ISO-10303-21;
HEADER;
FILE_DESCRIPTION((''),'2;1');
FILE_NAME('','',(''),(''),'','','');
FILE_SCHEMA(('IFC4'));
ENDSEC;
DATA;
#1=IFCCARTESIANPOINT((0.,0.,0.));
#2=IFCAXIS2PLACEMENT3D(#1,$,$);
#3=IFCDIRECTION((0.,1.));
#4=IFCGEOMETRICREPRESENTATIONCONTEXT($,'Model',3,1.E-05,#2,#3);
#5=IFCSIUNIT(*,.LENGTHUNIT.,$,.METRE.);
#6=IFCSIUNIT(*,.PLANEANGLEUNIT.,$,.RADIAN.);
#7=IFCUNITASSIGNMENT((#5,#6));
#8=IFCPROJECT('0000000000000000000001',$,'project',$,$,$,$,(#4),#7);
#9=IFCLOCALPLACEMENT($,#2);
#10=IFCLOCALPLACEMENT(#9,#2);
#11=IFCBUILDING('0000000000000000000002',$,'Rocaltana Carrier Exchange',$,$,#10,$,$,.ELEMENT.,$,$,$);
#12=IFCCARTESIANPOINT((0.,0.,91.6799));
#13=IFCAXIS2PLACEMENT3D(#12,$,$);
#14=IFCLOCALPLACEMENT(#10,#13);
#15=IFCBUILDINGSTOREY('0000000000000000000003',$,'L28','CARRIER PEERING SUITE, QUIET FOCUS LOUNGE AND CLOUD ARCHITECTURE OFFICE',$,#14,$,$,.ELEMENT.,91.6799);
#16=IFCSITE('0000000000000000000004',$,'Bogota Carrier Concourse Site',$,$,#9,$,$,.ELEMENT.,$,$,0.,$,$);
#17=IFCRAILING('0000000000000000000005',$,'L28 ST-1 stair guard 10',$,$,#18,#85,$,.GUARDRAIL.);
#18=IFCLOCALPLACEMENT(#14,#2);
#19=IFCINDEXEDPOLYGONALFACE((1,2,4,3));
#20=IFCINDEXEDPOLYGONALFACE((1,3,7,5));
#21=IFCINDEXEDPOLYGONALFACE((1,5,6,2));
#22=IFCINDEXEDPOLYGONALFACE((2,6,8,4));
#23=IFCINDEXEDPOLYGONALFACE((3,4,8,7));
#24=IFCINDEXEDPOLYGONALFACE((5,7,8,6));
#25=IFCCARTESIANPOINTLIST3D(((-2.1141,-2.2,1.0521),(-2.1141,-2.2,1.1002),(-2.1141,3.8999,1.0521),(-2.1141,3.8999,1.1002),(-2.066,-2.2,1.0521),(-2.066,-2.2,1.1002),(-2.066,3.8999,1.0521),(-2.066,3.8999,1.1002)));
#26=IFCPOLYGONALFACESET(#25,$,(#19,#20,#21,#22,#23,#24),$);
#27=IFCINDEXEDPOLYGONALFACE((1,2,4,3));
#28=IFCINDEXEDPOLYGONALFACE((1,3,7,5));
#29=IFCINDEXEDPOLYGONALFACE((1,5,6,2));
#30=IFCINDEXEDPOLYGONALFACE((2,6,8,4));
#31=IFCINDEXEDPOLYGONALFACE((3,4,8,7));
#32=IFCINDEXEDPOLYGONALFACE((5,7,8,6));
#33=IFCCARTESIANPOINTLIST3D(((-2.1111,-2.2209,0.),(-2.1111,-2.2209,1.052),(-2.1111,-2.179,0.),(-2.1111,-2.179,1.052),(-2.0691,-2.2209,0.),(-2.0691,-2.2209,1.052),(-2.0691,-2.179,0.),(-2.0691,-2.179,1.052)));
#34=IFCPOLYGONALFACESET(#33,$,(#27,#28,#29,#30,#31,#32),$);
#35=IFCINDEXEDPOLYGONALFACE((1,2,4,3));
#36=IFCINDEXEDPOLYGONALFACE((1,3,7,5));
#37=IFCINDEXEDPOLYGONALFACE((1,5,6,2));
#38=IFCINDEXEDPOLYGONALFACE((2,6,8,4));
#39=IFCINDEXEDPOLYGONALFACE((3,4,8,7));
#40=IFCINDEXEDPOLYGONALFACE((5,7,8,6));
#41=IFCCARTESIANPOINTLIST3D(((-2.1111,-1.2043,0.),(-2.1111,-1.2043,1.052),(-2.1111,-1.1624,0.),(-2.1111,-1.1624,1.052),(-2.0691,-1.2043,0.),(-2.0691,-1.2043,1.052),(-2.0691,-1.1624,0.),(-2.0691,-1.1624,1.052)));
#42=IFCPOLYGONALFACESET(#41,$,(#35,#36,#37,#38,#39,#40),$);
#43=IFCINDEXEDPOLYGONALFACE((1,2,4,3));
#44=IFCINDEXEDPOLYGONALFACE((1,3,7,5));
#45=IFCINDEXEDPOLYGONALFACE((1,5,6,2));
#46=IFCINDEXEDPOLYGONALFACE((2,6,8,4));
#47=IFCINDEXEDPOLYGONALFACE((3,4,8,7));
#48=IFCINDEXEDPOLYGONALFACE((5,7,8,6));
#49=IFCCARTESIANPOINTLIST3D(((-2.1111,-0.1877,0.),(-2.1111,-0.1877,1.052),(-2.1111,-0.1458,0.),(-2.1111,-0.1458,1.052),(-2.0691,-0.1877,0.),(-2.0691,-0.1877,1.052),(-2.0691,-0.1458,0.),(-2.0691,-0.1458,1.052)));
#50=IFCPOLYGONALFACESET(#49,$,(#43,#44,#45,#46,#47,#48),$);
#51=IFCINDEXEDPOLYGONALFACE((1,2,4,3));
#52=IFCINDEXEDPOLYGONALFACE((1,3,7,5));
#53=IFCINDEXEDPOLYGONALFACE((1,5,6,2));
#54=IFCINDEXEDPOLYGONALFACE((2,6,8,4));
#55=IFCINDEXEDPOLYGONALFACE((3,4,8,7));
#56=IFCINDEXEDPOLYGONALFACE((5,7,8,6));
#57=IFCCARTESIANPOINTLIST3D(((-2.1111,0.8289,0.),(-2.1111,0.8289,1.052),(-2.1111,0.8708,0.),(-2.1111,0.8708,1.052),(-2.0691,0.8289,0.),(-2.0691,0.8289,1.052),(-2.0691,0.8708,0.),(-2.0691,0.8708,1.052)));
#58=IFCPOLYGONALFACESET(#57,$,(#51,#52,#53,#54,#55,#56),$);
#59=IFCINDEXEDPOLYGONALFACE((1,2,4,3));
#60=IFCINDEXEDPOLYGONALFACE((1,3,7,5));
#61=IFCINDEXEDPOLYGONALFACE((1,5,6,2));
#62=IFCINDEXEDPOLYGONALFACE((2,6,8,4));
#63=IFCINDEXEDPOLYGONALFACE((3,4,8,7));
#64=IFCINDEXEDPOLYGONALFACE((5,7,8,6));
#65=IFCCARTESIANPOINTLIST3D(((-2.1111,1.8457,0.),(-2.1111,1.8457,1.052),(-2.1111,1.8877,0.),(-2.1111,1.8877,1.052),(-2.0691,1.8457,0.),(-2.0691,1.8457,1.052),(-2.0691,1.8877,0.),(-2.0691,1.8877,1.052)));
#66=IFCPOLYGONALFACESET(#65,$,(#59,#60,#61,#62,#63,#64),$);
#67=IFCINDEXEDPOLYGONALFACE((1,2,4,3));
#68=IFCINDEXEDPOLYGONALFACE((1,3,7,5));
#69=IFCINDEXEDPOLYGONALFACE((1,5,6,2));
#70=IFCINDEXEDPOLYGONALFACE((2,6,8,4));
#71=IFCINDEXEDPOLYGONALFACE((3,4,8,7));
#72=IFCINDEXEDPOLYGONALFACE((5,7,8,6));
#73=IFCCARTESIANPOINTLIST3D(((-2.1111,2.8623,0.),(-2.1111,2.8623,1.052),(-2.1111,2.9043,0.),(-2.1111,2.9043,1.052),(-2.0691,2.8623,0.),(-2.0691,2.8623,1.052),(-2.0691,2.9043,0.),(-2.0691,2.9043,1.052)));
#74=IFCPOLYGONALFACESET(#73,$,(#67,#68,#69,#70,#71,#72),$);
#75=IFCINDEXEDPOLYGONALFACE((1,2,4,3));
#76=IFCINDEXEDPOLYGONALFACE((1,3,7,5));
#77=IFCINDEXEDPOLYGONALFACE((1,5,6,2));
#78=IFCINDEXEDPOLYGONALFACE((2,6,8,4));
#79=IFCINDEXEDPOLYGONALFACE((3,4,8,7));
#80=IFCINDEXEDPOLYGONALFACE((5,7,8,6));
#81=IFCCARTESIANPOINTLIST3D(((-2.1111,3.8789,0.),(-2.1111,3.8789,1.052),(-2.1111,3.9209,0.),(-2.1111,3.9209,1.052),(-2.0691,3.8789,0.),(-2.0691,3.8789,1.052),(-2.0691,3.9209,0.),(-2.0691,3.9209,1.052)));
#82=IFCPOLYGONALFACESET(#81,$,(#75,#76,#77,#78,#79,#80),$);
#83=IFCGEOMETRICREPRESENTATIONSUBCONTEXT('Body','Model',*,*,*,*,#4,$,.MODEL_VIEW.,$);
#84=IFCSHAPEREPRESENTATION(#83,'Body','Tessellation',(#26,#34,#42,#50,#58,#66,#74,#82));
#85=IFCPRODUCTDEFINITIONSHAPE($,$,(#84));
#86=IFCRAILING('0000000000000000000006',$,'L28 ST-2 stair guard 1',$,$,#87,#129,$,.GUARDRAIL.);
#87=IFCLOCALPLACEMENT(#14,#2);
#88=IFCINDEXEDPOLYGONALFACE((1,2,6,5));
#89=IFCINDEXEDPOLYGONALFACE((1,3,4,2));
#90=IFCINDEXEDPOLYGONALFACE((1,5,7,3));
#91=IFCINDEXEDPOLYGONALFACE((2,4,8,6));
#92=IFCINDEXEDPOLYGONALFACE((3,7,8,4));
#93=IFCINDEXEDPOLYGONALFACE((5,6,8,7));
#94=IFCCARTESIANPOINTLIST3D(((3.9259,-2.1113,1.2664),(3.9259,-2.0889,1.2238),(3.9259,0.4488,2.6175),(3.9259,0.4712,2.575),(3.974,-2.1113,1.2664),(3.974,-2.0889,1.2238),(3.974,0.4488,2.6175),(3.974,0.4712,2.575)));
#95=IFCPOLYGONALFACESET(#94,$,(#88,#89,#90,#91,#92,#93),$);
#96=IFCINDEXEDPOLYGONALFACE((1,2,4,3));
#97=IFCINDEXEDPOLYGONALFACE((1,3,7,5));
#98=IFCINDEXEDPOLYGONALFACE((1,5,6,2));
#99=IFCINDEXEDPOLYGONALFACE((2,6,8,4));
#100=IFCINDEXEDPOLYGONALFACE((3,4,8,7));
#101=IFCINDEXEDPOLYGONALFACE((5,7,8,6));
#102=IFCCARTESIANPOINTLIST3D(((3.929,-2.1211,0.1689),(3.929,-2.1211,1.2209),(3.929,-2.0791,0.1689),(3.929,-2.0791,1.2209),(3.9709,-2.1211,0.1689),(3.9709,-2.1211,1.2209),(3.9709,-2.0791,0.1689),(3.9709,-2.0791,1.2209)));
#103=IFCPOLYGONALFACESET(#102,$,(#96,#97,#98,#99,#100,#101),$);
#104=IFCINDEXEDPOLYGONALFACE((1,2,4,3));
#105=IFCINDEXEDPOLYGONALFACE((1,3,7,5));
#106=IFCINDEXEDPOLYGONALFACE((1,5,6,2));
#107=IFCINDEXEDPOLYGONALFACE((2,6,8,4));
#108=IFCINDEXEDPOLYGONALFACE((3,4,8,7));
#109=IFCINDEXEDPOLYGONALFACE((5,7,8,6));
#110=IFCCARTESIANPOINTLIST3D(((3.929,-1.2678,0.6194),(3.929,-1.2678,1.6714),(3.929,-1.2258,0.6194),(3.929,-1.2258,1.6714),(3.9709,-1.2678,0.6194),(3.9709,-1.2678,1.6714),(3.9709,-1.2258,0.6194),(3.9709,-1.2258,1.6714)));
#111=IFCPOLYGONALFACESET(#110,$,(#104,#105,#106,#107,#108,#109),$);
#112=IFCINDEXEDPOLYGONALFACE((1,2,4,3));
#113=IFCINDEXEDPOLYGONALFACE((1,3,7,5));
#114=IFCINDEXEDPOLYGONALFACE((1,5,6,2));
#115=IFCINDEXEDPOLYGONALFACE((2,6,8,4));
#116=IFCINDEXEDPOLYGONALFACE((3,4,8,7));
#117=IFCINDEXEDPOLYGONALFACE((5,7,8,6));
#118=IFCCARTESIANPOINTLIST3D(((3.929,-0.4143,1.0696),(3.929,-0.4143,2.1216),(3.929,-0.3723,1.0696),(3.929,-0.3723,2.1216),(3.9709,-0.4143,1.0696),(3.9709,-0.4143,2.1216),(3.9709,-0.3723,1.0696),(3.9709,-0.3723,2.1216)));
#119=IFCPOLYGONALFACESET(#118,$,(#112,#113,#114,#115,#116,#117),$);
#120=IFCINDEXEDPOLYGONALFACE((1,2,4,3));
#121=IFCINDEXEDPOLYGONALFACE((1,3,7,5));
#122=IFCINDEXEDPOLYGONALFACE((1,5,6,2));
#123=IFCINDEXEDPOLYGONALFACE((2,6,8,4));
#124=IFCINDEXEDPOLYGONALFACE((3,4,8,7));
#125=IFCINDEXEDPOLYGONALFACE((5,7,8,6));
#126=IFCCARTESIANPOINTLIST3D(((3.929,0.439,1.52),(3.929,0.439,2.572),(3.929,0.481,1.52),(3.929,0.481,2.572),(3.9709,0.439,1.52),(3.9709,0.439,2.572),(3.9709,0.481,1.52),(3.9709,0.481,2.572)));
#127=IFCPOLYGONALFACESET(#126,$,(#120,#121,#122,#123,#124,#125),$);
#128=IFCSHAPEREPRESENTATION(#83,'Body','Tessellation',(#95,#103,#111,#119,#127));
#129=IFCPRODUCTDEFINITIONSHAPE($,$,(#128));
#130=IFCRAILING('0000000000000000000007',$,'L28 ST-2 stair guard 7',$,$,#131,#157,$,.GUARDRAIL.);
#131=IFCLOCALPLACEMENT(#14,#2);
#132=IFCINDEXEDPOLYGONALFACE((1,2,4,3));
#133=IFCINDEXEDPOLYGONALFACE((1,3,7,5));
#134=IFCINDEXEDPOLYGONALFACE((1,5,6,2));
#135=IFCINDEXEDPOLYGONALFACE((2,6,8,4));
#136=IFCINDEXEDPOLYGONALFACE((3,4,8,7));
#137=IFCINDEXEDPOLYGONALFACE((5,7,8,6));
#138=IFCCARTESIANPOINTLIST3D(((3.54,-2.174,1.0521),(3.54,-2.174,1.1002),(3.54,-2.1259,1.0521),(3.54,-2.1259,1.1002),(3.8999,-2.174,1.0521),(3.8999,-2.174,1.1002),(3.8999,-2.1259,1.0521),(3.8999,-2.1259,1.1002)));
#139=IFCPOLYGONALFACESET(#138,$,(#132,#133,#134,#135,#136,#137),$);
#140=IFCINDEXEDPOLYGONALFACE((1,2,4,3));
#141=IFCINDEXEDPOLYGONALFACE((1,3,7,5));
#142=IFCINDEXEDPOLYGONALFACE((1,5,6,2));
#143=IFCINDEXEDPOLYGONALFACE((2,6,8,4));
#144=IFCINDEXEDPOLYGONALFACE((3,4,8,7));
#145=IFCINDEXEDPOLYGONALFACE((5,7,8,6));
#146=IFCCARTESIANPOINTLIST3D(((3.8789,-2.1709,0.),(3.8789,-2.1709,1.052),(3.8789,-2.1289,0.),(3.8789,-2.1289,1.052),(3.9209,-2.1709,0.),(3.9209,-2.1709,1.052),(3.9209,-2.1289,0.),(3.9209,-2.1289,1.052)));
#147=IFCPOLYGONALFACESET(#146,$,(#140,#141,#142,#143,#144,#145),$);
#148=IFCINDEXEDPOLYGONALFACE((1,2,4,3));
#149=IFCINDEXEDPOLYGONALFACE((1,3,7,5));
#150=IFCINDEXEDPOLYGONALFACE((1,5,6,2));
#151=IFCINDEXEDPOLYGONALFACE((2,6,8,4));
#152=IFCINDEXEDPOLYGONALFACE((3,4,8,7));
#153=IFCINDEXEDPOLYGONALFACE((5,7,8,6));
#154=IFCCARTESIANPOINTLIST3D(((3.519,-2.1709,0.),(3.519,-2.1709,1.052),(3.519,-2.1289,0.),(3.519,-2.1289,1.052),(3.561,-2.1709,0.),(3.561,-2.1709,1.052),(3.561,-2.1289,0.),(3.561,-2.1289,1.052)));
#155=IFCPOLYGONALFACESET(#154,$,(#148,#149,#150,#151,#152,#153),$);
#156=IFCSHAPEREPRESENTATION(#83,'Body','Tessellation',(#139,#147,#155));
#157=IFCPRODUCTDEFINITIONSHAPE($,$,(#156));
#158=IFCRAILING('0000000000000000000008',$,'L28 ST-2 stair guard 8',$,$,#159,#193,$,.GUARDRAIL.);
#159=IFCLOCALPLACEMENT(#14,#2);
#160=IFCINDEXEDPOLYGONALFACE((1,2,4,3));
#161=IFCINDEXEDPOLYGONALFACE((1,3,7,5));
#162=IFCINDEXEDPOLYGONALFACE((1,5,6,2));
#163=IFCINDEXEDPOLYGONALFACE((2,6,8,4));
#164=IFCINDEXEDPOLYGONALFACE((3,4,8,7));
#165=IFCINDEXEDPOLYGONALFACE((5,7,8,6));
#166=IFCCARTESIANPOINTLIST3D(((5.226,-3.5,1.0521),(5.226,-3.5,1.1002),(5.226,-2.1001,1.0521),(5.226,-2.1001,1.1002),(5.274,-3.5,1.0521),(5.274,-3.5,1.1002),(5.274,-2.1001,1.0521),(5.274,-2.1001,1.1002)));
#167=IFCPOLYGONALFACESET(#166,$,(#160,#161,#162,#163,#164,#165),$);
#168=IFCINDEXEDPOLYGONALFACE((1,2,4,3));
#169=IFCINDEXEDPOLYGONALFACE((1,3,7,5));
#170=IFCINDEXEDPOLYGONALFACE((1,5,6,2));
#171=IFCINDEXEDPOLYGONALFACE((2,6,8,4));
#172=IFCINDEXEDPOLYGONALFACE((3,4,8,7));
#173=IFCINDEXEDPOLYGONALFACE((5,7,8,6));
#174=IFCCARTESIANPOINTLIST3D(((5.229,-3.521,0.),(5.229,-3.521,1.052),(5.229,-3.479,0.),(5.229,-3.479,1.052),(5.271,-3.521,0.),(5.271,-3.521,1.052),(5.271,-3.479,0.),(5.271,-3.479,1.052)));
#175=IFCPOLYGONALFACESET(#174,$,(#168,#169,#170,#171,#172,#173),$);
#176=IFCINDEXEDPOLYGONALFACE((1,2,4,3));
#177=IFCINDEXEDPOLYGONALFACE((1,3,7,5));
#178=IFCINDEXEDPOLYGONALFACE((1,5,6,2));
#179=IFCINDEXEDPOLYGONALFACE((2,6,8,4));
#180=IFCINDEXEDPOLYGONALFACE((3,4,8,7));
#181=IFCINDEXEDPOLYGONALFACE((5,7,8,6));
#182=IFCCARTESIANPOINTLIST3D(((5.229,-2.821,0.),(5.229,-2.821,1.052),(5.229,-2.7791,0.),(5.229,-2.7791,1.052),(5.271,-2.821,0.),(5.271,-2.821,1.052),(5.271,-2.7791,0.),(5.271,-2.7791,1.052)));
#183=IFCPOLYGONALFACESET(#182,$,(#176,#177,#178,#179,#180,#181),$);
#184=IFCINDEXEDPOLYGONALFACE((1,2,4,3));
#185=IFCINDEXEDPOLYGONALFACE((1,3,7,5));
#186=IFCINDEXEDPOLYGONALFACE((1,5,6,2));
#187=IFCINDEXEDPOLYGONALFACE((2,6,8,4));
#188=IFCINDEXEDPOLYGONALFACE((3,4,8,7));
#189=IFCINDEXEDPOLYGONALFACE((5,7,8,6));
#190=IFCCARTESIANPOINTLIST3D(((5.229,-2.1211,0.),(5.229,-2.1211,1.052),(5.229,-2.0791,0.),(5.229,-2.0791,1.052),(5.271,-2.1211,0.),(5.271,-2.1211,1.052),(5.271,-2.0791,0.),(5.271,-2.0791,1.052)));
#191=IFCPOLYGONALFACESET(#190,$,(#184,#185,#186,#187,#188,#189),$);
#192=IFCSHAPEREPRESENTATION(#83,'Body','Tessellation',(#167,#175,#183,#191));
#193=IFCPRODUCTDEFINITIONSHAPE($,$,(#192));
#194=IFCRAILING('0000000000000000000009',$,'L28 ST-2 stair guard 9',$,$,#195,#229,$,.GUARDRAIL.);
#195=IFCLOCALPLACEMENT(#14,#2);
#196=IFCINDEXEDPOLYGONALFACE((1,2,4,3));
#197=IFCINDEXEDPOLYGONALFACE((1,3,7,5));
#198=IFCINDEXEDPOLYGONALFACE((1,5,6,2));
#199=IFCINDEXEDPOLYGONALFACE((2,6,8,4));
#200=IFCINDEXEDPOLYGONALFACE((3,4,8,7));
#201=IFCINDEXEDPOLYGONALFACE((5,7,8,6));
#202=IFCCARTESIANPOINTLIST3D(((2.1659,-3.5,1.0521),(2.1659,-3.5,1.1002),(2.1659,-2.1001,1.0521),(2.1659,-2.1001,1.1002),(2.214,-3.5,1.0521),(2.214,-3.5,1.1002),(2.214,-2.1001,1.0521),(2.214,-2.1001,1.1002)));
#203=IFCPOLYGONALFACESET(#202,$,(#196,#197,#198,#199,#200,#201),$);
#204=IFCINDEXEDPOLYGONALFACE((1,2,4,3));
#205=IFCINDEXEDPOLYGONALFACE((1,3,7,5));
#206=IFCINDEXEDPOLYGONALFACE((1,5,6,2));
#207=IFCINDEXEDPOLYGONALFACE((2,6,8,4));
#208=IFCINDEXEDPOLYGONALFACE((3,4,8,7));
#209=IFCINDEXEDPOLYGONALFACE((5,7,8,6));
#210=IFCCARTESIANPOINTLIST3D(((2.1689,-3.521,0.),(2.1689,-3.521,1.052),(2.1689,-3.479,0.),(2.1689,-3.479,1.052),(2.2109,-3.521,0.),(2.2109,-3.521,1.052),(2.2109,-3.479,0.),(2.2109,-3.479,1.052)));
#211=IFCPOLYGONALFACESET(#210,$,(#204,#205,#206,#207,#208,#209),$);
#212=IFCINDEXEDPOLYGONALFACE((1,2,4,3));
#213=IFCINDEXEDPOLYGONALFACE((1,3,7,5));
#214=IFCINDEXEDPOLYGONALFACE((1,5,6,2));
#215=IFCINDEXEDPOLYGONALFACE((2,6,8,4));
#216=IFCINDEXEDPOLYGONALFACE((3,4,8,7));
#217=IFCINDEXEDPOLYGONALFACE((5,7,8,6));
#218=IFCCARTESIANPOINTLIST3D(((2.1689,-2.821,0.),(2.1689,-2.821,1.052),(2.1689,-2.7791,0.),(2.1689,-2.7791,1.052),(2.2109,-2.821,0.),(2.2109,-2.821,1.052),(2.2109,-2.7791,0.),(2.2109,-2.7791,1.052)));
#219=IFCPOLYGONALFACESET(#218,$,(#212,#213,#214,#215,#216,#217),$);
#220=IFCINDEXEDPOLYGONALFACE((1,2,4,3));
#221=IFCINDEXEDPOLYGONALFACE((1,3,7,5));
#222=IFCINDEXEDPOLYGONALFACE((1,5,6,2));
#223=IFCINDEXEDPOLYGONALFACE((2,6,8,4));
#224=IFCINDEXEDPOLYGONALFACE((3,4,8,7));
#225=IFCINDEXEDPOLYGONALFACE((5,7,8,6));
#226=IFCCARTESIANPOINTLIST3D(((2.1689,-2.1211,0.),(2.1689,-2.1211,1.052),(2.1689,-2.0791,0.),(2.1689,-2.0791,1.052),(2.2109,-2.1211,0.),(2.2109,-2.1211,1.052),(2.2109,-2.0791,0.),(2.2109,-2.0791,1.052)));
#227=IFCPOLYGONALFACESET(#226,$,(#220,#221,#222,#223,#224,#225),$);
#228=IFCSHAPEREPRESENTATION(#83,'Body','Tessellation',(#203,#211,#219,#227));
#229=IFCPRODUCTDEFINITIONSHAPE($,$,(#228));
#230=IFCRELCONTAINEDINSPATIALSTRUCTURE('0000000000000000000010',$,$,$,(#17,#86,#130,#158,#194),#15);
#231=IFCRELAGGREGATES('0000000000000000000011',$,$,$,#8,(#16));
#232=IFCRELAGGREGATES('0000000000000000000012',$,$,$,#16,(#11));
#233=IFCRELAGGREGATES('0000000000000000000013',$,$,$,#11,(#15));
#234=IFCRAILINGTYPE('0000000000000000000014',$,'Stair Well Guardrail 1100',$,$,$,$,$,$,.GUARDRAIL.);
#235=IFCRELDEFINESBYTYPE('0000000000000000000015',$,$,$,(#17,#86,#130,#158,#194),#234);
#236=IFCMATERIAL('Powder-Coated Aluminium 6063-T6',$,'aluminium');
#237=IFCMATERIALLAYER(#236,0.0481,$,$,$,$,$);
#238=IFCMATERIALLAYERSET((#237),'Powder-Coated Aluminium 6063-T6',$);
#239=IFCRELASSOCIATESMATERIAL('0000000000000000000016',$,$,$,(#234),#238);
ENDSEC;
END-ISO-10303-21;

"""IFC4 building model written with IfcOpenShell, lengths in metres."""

from ifc_helpers import new_model, si_unit, direction, frame, origin, origin_2d, place, context, subcontext, project, spatial, rectangle, extrude, material, layer, layer_set, type_object, element, save


model = new_model("IFC4")

# Units and contexts
model_context = context("Model", 3, precision=1e-05, world=origin(), true_north=direction((0.0, 1.0)))
body_context = subcontext(model_context, "Body", "Model", "MODEL_VIEW")
ifc_project = project(units=[si_unit("LENGTHUNIT", "METRE"), si_unit("PLANEANGLEUNIT", "RADIAN")], contexts=[model_context])

# Site, building, storey
site_placement = place(None, origin())
site = spatial("IfcSite", under=ifc_project, at=site_placement, Name="Bogota Carrier Concourse Site", CompositionType="ELEMENT", RefElevation=0.0)
building_placement = place(site_placement, origin())
building = spatial("IfcBuilding", under=site, at=building_placement, Name="Rocaltana Carrier Exchange", CompositionType="ELEMENT")
storey_placement = place(building_placement, frame((0.0, 0.0, 91.6799)))
storey = spatial("IfcBuildingStorey", under=building, at=storey_placement, Name="L28", Description="CARRIER PEERING SUITE, QUIET FOCUS LOUNGE AND CLOUD ARCHITECTURE OFFICE", CompositionType="ELEMENT", Elevation=91.6799)

# Railings
ifc_material_1 = material(Name="Powder-Coated Aluminium 6063-T6", Category="aluminium")
ifc_layer_1 = layer(ifc_material_1, 0.0481)
ifc_layer_set_1 = layer_set([ifc_layer_1], Name="Powder-Coated Aluminium 6063-T6")
railing_type_1 = type_object("IfcRailingType", Name="Stair Well Guardrail 1100", PredefinedType="GUARDRAIL", material=ifc_layer_set_1)
railing_1_placement = place(storey_placement, frame((-2.0901, -2.2, 0.0)))
element("IfcRailing", 1, at=railing_1_placement, inside=storey, type_object=railing_type_1, Name="L28 ST-1 stair guard 10", PredefinedType="GUARDRAIL", context=body_context, shape_type="SweptSolid", body=[
    extrude(rectangle(XDim=0.0481, YDim=0.0481, at=origin_2d()), frame((0.0, 0.0, 1.0762), z_axis=(0.0, 1.0, 0.0), x_axis=(-1.0, 0.0, 0.0)), (0.0, 0.0, 1.0), 6.0999),
    extrude(rectangle(XDim=0.042, YDim=0.042, at=origin_2d()), origin(), (0.0, 0.0, 1.0), 1.052),
    extrude(rectangle(XDim=0.042, YDim=0.042, at=origin_2d()), frame((0.0, 1.0166, 0.0)), (0.0, 0.0, 1.0), 1.052),
    extrude(rectangle(XDim=0.042, YDim=0.042, at=origin_2d()), frame((0.0, 2.0332, 0.0)), (0.0, 0.0, 1.0), 1.052),
    extrude(rectangle(XDim=0.042, YDim=0.042, at=origin_2d()), frame((0.0, 3.0498, 0.0)), (0.0, 0.0, 1.0), 1.052),
    extrude(rectangle(XDim=0.042, YDim=0.042, at=origin_2d()), frame((0.0, 4.0667, 0.0)), (0.0, 0.0, 1.0), 1.052),
    extrude(rectangle(XDim=0.042, YDim=0.042, at=origin_2d()), frame((0.0, 5.0833, 0.0)), (0.0, 0.0, 1.0), 1.052),
    extrude(rectangle(XDim=0.042, YDim=0.042, at=origin_2d()), frame((0.0, 6.0999, 0.0)), (0.0, 0.0, 1.0), 1.052),
])
railing_2_placement = place(storey_placement, frame((3.95, -2.1001, 0.1689)))
element("IfcRailing", 2, at=railing_2_placement, inside=storey, type_object=railing_type_1, Name="L28 ST-2 stair guard 1", PredefinedType="GUARDRAIL", context=body_context, shape_type="SweptSolid", body=[
    extrude(rectangle(XDim=0.0481, YDim=0.0481, at=origin_2d()), frame((0.0, 0.0, 1.0762), z_axis=(0.0, 0.884394, 0.46674), x_axis=(-1.0, 0.0, 0.0)), (0.0, 0.0, 1.0), 2.8948),
    extrude(rectangle(XDim=0.042, YDim=0.042, at=origin_2d()), origin(), (0.0, 0.0, 1.0), 1.052),
    extrude(rectangle(XDim=0.042, YDim=0.042, at=origin_2d()), frame((0.0, 0.8533, 0.4504)), (0.0, 0.0, 1.0), 1.052),
    extrude(rectangle(XDim=0.042, YDim=0.042, at=origin_2d()), frame((0.0, 1.7068, 0.9006)), (0.0, 0.0, 1.0), 1.052),
    extrude(rectangle(XDim=0.042, YDim=0.042, at=origin_2d()), frame((0.0, 2.5601, 1.3511)), (0.0, 0.0, 1.0), 1.052),
])
railing_3_placement = place(storey_placement, frame((3.8999, -2.1499, 0.0)))
element("IfcRailing", 3, at=railing_3_placement, inside=storey, type_object=railing_type_1, Name="L28 ST-2 stair guard 7", PredefinedType="GUARDRAIL", context=body_context, shape_type="SweptSolid", body=[
    extrude(rectangle(XDim=0.0481, YDim=0.0481, at=origin_2d()), frame((0.0, 0.0, 1.0762), z_axis=(-1.0, 0.0, 0.0), x_axis=(0.0, -1.0, 0.0)), (0.0, 0.0, 1.0), 0.3599),
    extrude(rectangle(XDim=0.042, YDim=0.042, at=origin_2d()), origin(), (0.0, 0.0, 1.0), 1.052),
    extrude(rectangle(XDim=0.042, YDim=0.042, at=origin_2d()), frame((-0.3599, 0.0, 0.0)), (0.0, 0.0, 1.0), 1.052),
])
for number, where, name in (
    (4, (5.25, -3.5, 0.0), "L28 ST-2 stair guard 8"),
    (5, (2.1899, -3.5, 0.0), "L28 ST-2 stair guard 9"),
):
    element("IfcRailing", number, at=place(storey_placement, frame(where)), inside=storey, type_object=railing_type_1, Name=name, PredefinedType="GUARDRAIL", context=body_context, shape_type="SweptSolid", body=[
        extrude(rectangle(XDim=0.0481, YDim=0.0481, at=origin_2d()), frame((0.0, 0.0, 1.0762), z_axis=(0.0, 1.0, 0.0), x_axis=(-1.0, 0.0, 0.0)), (0.0, 0.0, 1.0), 1.3999),
        extrude(rectangle(XDim=0.042, YDim=0.042, at=origin_2d()), origin(), (0.0, 0.0, 1.0), 1.052),
        extrude(rectangle(XDim=0.042, YDim=0.042, at=origin_2d()), frame((0.0, 0.7, 0.0)), (0.0, 0.0, 1.0), 1.052),
        extrude(rectangle(XDim=0.042, YDim=0.042, at=origin_2d()), frame((0.0, 1.3999, 0.0)), (0.0, 0.0, 1.0), 1.052),
    ])

save(model, "model.ifc")
